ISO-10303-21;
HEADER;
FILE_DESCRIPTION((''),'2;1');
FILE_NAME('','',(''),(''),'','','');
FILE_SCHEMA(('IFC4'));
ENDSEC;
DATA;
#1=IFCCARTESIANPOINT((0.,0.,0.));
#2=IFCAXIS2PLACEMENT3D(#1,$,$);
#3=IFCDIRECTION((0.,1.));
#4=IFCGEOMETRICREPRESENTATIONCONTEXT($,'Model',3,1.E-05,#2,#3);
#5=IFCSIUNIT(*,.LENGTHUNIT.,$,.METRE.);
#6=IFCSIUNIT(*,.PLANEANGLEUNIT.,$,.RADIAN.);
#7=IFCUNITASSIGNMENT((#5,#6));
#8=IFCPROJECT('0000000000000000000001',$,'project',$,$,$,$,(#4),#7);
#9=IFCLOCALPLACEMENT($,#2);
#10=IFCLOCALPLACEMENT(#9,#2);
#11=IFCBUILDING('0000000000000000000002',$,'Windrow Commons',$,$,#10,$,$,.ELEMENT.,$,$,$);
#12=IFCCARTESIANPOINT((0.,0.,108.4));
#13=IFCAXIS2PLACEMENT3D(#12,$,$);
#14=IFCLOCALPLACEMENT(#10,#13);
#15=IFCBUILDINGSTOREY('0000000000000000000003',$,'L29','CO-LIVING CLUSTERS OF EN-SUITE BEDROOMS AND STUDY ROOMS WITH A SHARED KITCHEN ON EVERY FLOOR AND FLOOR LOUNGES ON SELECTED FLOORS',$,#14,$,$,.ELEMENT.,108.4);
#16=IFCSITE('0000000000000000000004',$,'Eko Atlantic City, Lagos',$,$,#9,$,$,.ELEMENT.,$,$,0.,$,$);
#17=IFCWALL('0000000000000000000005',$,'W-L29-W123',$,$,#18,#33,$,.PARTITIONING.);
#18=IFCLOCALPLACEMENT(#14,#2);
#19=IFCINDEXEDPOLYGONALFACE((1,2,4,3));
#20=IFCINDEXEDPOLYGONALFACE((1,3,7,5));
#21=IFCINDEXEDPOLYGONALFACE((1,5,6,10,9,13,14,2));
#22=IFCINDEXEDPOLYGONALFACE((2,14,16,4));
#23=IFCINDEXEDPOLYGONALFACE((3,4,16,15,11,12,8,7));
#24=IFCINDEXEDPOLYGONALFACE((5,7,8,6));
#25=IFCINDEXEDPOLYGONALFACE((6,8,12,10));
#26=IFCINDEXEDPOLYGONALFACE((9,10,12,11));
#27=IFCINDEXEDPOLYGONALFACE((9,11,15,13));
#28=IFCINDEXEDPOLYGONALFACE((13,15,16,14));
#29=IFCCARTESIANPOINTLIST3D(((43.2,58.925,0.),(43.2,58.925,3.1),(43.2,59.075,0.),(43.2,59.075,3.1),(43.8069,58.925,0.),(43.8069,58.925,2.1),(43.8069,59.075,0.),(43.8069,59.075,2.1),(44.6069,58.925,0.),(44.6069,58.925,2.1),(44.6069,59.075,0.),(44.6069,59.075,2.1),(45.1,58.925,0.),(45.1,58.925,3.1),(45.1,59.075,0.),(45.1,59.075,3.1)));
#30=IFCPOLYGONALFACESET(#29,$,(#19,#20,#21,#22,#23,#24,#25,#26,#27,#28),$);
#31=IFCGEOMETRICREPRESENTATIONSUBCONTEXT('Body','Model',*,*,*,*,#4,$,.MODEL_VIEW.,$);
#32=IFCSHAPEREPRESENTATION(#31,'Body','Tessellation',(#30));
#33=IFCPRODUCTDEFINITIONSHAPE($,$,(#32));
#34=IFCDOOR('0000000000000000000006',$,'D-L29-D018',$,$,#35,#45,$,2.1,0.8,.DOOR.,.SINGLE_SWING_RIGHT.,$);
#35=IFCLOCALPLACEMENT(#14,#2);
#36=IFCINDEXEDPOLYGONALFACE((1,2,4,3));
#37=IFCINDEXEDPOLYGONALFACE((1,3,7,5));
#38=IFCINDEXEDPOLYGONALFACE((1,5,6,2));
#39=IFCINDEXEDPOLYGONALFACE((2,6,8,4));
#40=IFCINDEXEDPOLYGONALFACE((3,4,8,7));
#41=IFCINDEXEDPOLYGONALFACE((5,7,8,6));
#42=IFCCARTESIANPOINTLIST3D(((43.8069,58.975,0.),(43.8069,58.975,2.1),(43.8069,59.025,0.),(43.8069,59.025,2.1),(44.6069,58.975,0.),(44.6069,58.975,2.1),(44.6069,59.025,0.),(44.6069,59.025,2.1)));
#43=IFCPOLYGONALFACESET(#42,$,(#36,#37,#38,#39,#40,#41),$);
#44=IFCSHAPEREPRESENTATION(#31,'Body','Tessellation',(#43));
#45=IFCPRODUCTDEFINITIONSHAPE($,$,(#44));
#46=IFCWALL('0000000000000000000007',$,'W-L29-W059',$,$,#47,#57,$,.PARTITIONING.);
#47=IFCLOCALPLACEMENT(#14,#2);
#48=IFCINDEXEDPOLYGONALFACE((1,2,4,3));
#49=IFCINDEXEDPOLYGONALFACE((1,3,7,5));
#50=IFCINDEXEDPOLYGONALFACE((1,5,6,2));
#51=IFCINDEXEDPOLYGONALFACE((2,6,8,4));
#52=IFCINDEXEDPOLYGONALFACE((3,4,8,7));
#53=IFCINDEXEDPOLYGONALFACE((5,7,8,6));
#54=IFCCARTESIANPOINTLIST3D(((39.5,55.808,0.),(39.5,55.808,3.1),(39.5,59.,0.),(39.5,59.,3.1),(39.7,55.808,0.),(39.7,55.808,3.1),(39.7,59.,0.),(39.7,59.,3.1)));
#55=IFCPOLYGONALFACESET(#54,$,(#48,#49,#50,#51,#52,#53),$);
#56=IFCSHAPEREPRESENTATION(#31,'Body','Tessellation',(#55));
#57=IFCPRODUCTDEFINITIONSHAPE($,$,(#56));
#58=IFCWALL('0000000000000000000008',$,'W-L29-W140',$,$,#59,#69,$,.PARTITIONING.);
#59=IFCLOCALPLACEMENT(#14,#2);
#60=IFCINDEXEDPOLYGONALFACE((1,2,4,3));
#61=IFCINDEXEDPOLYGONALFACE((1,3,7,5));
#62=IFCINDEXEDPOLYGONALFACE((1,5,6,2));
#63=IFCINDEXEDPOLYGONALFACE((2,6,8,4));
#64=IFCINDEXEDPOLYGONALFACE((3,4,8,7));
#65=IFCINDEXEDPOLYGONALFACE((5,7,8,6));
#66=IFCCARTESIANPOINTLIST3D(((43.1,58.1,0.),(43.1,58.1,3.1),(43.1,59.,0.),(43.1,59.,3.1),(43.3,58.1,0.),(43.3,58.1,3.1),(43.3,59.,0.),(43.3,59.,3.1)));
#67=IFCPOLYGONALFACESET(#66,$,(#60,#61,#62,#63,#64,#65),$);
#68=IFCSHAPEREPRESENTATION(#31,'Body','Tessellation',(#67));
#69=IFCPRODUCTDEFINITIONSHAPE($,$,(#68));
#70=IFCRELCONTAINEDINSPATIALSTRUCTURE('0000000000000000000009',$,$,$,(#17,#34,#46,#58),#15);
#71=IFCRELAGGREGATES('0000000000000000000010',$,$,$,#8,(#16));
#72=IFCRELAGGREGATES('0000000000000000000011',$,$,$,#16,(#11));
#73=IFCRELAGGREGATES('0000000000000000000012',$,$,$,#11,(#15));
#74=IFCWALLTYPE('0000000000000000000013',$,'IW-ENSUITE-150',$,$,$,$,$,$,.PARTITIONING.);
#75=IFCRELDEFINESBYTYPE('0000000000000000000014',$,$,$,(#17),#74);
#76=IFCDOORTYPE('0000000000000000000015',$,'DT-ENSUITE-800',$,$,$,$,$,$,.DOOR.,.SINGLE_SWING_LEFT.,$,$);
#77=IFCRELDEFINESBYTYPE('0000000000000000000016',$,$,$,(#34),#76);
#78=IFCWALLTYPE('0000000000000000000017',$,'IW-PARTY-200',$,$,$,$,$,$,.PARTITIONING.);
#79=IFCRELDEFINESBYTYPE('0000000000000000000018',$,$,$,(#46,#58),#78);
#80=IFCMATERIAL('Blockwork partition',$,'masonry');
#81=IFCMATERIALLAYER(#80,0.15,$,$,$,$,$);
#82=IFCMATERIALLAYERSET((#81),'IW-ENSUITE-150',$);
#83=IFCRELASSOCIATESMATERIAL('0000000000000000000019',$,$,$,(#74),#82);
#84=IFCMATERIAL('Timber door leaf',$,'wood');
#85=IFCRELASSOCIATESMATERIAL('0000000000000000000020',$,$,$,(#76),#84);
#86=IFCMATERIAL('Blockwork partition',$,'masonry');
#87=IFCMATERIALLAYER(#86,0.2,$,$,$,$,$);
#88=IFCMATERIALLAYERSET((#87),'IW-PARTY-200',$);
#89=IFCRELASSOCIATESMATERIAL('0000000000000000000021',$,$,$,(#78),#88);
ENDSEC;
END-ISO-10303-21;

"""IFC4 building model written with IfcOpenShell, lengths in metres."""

from ifc_helpers import new_model, si_unit, direction, frame, frame_2d, origin, place, context, subcontext, project, spatial, rectangle, extrude, material, layer, layer_set, type_object, element, fill, save


model = new_model("IFC4")

# Units and contexts
model_context = context("Model", 3, precision=1e-05, world=origin(), true_north=direction((0.0, 1.0)))
body_context = subcontext(model_context, "Body", "Model", "MODEL_VIEW")
ifc_project = project(units=[si_unit("LENGTHUNIT", "METRE"), si_unit("PLANEANGLEUNIT", "RADIAN")], contexts=[model_context])

# Site, building, storey
site_placement = place(None, origin())
site = spatial("IfcSite", under=ifc_project, at=site_placement, Name="Eko Atlantic City, Lagos", CompositionType="ELEMENT", RefElevation=0.0)
building_placement = place(site_placement, origin())
building = spatial("IfcBuilding", under=site, at=building_placement, Name="Windrow Commons", CompositionType="ELEMENT")
storey_placement = place(building_placement, frame((0.0, 0.0, 108.4)))
storey = spatial("IfcBuildingStorey", under=building, at=storey_placement, Name="L29", Description="CO-LIVING CLUSTERS OF EN-SUITE BEDROOMS AND STUDY ROOMS WITH A SHARED KITCHEN ON EVERY FLOOR AND FLOOR LOUNGES ON SELECTED FLOORS", CompositionType="ELEMENT", Elevation=108.4)

# Shared definitions
ifc_material_1 = material(Name="Blockwork partition", Category="masonry")
ifc_layer_1 = layer(ifc_material_1, 0.15)
ifc_layer_set_1 = layer_set([ifc_layer_1], Name="IW-ENSUITE-150")
wall_type_1 = type_object("IfcWallType", Name="IW-ENSUITE-150", PredefinedType="PARTITIONING", material=ifc_layer_set_1)

# Wall, opening, door
ifc_material_2 = material(Name="Timber door leaf", Category="wood")
door_type = type_object("IfcDoorType", Name="DT-ENSUITE-800", OperationType="SINGLE_SWING_LEFT", PredefinedType="DOOR", material=ifc_material_2)
wall_1_placement = place(storey_placement, frame((43.2, 59.0, 0.0), z_axis=(0.0, 0.0, 1.0), x_axis=(1.0, 0.0, 0.0)))
wall_1 = element("IfcWall", 1, at=wall_1_placement, inside=storey, type_object=wall_type_1, Name="W-L29-W123", PredefinedType="PARTITIONING", context=body_context, shape_type="SweptSolid", body=[
    extrude(rectangle(XDim=1.9, YDim=0.15, at=frame_2d((0.95, 0.0))), origin(), (0.0, 0.0, 1.0), 3.1),
])
opening_1_placement = place(wall_1_placement, frame((0.6069, 0.0, 0.0)))
opening_1 = element("IfcOpeningElement", 2, at=opening_1_placement, cuts=wall_1, PredefinedType="OPENING", context=body_context, shape_type="SweptSolid", body=[
    extrude(rectangle(XDim=0.8, YDim=2.1, at=frame_2d((0.4, 1.05))), frame((0.0, 0.085, 0.0), z_axis=(0.0, -1.0, 0.0), x_axis=(1.0, 0.0, 0.0)), (0.0, 0.0, 1.0), 0.17),
])
door_1_placement = place(opening_1_placement, origin())
door_1 = element("IfcDoor", 3, at=door_1_placement, inside=storey, type_object=door_type, Name="D-L29-D018", OperationType="SINGLE_SWING_RIGHT", OverallHeight=2.1, OverallWidth=0.8, PredefinedType="DOOR", context=body_context, shape_type="SweptSolid", body=[
    extrude(rectangle(XDim=0.8, YDim=2.1, at=frame_2d((0.4, 1.05))), frame((0.0, 0.025, 0.0), z_axis=(0.0, -1.0, 0.0), x_axis=(1.0, 0.0, 0.0)), (0.0, 0.0, 1.0), 0.05),
])
fill(opening_1, door_1)

# Walls
ifc_material_3 = material(Name="Blockwork partition", Category="masonry")
ifc_layer_2 = layer(ifc_material_3, 0.2)
ifc_layer_set_2 = layer_set([ifc_layer_2], Name="IW-PARTY-200")
wall_type_2 = type_object("IfcWallType", Name="IW-PARTY-200", PredefinedType="PARTITIONING", material=ifc_layer_set_2)
wall_2_placement = place(storey_placement, frame((39.6, 55.808, 0.0), z_axis=(0.0, 0.0, 1.0), x_axis=(0.0, 1.0, 0.0)))
element("IfcWall", 4, at=wall_2_placement, inside=storey, type_object=wall_type_2, Name="W-L29-W059", PredefinedType="PARTITIONING", context=body_context, shape_type="SweptSolid", body=[
    extrude(rectangle(XDim=3.192, YDim=0.2, at=frame_2d((1.596, 0.0))), origin(), (0.0, 0.0, 1.0), 3.1),
])
wall_3_placement = place(storey_placement, frame((43.2, 58.1, 0.0), z_axis=(0.0, 0.0, 1.0), x_axis=(0.0, 1.0, 0.0)))
element("IfcWall", 5, at=wall_3_placement, inside=storey, type_object=wall_type_2, Name="W-L29-W140", PredefinedType="PARTITIONING", context=body_context, shape_type="SweptSolid", body=[
    extrude(rectangle(XDim=0.9, YDim=0.2, at=frame_2d((0.45, 0.0))), origin(), (0.0, 0.0, 1.0), 3.1),
])

save(model, "model.ifc")
